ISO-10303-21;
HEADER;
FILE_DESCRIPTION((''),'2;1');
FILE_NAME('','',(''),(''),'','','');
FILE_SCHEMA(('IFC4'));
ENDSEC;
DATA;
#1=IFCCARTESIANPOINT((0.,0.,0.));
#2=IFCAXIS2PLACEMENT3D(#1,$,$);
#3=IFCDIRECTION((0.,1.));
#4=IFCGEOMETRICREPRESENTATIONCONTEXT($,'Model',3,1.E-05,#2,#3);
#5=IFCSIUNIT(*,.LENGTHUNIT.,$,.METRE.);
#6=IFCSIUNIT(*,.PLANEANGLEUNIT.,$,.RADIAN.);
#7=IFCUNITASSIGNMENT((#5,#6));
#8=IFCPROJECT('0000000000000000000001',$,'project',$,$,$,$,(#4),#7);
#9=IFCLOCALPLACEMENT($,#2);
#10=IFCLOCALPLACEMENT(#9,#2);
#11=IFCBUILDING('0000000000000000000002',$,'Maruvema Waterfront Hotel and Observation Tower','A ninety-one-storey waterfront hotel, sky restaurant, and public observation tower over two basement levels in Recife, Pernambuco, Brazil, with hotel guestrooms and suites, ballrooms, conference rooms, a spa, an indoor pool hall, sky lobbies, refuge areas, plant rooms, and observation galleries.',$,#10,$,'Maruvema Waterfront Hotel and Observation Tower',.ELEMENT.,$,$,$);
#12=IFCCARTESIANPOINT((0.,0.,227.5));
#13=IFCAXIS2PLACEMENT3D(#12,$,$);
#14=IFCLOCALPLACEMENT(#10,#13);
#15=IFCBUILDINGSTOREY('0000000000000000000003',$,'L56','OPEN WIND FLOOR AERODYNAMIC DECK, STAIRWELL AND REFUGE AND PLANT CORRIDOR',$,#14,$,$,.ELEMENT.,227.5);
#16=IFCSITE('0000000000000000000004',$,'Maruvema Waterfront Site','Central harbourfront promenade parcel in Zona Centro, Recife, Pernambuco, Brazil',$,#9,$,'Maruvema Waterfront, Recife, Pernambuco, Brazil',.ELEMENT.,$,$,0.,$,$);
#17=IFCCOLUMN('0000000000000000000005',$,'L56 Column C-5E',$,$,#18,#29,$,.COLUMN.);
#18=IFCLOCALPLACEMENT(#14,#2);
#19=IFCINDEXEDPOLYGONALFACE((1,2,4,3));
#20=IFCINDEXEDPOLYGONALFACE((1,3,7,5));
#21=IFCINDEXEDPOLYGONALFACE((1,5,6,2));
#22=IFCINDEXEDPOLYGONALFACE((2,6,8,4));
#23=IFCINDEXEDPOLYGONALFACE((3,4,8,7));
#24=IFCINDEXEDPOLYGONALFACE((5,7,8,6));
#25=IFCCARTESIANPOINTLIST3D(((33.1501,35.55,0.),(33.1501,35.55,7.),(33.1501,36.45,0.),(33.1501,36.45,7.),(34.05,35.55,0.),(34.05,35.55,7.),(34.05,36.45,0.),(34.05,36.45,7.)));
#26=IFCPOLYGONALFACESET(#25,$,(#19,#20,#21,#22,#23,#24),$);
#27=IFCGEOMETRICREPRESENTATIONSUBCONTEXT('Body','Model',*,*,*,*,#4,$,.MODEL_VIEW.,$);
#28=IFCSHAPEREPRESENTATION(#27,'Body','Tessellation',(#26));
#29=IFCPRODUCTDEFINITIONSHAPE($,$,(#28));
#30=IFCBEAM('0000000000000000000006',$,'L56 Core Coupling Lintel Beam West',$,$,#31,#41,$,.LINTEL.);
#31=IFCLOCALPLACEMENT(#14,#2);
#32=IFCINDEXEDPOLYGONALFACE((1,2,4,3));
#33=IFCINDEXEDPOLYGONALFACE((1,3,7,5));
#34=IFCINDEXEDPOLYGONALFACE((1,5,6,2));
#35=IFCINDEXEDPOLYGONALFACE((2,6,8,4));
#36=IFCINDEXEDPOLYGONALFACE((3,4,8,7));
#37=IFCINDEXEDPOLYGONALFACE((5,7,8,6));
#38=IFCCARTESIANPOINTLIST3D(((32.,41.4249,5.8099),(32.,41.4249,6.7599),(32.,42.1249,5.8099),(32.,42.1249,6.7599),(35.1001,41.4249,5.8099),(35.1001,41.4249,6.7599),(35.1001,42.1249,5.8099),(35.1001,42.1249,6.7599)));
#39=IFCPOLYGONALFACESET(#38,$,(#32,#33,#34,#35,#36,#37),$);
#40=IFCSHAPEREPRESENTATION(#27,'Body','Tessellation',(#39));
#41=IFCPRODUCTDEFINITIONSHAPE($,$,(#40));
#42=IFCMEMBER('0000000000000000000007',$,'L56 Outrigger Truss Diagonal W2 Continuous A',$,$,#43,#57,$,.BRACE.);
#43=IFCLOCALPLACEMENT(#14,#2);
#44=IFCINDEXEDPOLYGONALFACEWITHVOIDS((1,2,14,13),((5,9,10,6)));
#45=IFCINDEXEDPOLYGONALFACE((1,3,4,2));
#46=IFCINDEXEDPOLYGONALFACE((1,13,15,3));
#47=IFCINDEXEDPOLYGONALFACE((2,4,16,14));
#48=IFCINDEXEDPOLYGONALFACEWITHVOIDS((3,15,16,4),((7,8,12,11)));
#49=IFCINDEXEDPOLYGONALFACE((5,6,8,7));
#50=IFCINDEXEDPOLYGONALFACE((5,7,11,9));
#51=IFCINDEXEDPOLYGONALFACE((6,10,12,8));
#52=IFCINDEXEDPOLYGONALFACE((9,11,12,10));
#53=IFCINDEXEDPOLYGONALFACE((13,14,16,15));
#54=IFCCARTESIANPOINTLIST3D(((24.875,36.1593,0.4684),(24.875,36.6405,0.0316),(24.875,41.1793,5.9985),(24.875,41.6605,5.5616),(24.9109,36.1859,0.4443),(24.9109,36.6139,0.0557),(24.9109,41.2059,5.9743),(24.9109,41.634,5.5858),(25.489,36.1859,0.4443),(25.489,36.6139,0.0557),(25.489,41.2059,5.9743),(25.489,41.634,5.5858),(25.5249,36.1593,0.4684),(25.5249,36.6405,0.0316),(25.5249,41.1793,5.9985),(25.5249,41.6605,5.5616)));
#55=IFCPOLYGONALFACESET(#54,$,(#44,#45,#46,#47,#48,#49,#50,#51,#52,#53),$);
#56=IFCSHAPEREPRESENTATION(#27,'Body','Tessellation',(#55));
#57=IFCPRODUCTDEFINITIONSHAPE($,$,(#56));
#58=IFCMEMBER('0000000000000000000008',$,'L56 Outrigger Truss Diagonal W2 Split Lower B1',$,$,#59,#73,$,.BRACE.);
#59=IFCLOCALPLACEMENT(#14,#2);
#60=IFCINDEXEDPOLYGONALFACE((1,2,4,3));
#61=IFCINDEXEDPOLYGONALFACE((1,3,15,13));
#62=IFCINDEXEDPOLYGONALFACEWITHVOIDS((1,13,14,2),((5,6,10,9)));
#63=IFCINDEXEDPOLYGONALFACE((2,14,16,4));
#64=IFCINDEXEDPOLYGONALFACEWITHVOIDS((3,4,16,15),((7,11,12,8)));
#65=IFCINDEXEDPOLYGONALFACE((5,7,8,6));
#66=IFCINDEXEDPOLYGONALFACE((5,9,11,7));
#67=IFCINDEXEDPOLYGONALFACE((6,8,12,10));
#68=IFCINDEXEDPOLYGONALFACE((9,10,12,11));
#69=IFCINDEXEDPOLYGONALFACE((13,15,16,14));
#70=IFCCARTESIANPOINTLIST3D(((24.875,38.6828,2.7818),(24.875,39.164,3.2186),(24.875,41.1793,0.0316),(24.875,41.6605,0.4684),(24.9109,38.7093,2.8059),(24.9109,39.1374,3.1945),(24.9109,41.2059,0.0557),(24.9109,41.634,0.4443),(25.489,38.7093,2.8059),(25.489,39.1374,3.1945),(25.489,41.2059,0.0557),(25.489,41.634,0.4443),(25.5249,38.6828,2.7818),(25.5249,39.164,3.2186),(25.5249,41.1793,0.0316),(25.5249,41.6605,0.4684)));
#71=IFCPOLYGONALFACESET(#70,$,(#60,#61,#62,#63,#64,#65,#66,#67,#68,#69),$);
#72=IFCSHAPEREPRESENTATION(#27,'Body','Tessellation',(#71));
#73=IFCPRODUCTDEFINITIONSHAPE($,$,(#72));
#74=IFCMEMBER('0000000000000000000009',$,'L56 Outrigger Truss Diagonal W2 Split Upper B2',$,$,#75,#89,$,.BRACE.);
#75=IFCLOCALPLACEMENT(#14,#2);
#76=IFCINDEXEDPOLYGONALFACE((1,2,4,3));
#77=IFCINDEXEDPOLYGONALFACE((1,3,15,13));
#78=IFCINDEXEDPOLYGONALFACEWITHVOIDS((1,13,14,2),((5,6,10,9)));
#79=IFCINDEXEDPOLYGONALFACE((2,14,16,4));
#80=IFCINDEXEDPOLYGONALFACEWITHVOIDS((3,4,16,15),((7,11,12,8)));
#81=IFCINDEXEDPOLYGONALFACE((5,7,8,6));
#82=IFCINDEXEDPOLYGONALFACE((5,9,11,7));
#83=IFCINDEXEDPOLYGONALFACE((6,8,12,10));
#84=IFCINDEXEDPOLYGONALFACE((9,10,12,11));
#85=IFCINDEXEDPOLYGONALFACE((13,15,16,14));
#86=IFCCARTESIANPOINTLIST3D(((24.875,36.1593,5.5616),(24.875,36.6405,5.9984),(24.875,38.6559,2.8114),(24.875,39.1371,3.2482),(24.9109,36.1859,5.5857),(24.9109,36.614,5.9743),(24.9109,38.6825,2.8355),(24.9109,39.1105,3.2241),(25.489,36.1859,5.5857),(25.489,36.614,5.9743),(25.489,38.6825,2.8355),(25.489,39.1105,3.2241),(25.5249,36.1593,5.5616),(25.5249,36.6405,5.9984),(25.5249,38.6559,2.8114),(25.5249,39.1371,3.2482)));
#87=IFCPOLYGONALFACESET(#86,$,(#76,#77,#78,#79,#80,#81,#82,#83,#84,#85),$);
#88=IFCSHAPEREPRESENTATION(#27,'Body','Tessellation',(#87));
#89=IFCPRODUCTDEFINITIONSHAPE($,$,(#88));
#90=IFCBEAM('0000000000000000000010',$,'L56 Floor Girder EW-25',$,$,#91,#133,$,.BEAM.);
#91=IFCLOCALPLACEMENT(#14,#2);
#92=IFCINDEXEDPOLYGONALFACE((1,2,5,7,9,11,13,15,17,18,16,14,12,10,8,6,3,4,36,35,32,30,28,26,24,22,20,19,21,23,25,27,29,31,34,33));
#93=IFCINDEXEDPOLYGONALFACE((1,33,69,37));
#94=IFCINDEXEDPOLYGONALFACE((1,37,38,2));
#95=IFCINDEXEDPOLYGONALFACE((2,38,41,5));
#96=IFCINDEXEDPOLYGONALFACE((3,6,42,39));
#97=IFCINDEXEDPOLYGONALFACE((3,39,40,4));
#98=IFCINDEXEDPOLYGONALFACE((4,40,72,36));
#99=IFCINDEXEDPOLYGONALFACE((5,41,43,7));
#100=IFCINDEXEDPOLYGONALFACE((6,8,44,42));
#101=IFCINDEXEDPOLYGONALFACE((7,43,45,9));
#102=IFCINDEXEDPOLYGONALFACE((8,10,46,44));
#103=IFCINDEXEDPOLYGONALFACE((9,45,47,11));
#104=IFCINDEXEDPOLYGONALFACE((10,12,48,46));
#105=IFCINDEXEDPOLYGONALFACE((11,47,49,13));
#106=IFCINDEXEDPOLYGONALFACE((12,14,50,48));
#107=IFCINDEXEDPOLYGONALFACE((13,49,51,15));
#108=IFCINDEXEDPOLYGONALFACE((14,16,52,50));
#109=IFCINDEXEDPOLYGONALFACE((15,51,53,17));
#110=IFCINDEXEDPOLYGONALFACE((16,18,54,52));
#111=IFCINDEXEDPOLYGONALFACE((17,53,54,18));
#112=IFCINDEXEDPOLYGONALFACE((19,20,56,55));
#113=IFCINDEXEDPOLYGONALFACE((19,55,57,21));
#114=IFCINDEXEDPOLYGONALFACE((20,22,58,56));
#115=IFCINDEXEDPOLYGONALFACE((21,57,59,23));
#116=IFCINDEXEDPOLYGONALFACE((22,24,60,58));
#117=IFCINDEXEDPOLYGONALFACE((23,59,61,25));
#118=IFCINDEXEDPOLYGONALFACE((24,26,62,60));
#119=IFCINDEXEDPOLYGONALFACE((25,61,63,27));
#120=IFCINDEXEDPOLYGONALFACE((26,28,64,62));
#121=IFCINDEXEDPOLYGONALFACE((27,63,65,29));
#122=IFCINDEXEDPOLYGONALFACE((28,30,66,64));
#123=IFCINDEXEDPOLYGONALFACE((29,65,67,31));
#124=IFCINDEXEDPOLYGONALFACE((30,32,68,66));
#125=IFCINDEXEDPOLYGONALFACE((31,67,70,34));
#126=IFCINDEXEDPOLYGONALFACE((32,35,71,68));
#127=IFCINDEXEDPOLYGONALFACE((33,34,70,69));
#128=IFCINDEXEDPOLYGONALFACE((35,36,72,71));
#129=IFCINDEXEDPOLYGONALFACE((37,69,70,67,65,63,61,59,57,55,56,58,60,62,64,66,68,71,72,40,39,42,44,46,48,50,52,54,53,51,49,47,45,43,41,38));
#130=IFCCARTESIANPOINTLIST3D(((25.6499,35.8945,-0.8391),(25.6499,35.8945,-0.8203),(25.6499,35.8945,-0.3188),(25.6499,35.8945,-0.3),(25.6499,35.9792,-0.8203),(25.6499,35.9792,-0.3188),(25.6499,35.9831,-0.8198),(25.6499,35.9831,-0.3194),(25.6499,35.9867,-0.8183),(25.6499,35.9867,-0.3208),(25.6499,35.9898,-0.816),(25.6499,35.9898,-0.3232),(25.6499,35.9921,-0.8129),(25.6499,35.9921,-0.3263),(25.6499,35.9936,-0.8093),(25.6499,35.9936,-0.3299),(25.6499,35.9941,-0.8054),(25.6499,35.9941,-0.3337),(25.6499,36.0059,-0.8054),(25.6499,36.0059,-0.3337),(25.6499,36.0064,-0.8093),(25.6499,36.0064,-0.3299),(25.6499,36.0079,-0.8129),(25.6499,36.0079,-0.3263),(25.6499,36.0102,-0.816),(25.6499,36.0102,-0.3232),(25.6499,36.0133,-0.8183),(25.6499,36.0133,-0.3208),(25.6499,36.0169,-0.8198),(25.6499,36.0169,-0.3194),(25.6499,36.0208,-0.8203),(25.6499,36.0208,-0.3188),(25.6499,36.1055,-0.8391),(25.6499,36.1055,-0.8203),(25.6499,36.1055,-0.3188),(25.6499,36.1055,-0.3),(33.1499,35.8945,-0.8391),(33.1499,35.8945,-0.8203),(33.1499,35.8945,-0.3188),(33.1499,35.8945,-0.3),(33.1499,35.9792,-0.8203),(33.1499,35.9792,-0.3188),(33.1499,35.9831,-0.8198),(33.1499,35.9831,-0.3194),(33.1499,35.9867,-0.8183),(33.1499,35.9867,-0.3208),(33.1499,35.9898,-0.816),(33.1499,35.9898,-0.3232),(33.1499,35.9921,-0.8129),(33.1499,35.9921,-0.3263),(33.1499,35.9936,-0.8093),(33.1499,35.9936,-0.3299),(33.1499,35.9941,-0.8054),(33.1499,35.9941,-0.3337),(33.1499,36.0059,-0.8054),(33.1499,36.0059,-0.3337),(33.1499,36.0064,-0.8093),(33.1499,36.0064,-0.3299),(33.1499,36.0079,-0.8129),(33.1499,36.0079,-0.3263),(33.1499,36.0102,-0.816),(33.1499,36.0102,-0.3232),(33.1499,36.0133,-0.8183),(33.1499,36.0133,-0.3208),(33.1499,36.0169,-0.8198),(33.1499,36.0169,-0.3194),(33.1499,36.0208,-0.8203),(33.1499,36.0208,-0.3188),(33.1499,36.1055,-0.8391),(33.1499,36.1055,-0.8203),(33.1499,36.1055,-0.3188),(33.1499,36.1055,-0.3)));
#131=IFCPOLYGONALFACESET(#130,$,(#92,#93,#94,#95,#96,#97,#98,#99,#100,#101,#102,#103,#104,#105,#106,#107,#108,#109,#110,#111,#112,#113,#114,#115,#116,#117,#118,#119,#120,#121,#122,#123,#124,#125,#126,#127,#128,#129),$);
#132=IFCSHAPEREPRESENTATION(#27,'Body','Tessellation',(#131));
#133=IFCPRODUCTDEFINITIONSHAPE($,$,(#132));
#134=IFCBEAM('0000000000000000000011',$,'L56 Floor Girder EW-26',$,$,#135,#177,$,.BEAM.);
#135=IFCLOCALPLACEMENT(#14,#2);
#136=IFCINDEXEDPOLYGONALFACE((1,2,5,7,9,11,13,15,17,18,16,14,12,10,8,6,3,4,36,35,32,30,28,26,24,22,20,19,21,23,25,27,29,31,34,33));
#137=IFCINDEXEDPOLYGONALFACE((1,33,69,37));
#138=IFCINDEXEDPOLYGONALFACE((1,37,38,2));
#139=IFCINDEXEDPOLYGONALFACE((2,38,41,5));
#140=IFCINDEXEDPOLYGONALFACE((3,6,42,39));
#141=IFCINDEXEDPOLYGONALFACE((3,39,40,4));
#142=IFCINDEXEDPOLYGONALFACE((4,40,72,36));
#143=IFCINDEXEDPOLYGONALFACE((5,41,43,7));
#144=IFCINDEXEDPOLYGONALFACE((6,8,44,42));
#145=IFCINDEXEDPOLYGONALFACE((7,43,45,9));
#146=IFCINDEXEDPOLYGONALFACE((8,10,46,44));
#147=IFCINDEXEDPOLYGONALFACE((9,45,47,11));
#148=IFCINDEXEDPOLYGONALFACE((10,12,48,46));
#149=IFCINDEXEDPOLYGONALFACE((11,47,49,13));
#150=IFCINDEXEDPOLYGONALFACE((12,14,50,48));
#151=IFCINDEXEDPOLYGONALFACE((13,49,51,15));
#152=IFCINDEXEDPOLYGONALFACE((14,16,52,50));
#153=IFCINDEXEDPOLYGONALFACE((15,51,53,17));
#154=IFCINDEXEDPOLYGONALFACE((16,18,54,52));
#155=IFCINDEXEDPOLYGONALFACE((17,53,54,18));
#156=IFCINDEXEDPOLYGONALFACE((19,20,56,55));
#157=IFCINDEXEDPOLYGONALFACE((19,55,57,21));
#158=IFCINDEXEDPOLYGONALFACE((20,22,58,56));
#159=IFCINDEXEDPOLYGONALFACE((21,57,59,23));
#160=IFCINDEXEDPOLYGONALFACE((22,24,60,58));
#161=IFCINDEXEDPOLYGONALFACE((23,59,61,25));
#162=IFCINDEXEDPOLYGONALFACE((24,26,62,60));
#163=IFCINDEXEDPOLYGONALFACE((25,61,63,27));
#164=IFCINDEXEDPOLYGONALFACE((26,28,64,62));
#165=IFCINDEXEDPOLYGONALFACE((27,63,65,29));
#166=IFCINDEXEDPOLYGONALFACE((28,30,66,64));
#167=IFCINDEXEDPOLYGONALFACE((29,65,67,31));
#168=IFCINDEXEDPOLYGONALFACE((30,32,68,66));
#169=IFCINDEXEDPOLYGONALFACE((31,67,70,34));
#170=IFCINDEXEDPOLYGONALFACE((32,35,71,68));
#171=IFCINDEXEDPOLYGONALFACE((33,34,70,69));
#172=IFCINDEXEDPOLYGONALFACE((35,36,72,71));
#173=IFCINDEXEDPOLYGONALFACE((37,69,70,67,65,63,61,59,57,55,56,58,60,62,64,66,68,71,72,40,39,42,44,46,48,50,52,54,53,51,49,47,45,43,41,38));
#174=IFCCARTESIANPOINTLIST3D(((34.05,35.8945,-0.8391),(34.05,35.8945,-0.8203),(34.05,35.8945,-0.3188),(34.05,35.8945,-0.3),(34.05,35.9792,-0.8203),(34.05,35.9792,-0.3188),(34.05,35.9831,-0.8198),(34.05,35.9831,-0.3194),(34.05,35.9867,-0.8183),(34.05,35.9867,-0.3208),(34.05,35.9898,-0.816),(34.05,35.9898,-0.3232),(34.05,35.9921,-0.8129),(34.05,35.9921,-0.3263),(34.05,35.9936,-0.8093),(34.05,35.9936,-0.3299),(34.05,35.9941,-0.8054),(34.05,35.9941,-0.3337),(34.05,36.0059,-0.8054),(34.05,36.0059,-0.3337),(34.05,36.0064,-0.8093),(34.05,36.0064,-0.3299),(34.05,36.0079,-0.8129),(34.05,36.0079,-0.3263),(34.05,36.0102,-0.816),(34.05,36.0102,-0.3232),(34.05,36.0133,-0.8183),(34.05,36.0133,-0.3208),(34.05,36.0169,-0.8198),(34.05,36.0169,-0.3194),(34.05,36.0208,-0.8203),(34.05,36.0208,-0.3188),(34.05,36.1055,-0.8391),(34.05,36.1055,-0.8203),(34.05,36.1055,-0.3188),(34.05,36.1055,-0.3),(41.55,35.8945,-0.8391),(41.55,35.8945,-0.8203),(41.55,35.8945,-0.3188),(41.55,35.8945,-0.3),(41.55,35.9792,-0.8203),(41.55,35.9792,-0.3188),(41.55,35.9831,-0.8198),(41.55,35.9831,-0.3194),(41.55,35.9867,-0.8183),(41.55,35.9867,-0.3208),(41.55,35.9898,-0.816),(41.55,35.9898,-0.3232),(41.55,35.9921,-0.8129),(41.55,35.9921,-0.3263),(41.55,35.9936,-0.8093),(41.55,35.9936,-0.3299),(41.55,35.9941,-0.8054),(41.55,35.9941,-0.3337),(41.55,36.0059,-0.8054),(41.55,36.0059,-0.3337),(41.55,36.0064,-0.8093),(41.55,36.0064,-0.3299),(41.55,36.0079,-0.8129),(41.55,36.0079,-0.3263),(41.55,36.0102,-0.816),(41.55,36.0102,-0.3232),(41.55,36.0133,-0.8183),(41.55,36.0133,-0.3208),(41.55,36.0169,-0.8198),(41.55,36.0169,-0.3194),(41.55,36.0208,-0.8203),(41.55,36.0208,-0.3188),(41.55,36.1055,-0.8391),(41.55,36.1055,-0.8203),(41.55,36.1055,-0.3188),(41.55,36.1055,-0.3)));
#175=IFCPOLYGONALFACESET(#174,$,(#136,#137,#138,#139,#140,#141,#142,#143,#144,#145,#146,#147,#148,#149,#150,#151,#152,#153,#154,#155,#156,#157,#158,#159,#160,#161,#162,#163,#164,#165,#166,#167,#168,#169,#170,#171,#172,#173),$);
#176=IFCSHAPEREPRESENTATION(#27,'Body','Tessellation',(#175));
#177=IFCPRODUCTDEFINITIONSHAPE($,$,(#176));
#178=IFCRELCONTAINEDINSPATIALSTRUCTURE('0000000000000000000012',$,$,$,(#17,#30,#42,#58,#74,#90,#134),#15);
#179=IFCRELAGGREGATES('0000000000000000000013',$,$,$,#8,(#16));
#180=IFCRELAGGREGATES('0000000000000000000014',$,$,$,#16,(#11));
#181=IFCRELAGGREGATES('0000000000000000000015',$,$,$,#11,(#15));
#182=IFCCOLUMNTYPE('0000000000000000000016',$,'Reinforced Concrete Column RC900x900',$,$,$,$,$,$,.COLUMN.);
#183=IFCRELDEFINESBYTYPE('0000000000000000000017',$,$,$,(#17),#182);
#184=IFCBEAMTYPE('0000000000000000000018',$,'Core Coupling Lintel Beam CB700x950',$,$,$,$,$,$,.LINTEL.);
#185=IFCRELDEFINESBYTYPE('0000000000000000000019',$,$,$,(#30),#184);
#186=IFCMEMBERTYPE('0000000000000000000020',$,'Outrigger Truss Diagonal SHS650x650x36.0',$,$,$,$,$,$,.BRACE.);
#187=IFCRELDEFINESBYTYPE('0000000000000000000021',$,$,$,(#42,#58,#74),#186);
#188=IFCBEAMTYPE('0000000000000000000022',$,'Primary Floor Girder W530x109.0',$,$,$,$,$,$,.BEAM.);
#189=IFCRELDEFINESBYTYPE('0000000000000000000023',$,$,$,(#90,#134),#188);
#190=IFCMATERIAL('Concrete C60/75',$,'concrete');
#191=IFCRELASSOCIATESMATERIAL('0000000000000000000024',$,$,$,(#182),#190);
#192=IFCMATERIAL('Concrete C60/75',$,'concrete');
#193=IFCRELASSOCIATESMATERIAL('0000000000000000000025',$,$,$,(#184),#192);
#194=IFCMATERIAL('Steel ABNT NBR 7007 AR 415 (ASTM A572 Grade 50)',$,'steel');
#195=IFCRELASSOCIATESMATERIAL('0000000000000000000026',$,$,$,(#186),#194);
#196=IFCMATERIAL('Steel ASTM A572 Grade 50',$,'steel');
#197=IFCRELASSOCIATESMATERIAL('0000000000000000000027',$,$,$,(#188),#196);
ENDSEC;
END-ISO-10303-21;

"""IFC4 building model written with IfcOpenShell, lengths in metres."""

from ifc_helpers import new_model, si_unit, direction, frame, origin, origin_2d, place, context, subcontext, project, spatial, rectangle, hollow_rectangle, i_section, extrude, material, material_profile, profile_set, type_object, element, save


model = new_model("IFC4")

# Units and contexts
model_context = context("Model", 3, precision=1e-05, world=origin(), true_north=direction((0.0, 1.0)))
body_context = subcontext(model_context, "Body", "Model", "MODEL_VIEW")
ifc_project = project(units=[si_unit("LENGTHUNIT", "METRE"), si_unit("PLANEANGLEUNIT", "RADIAN")], contexts=[model_context])

# Site, building, storey
site_placement = place(None, origin())
site = spatial("IfcSite", under=ifc_project, at=site_placement, Name="Maruvema Waterfront Site", Description="Central harbourfront promenade parcel in Zona Centro, Recife, Pernambuco, Brazil", LongName="Maruvema Waterfront, Recife, Pernambuco, Brazil", CompositionType="ELEMENT", RefElevation=0.0)
building_placement = place(site_placement, origin())
building = spatial("IfcBuilding", under=site, at=building_placement, Name="Maruvema Waterfront Hotel and Observation Tower", Description="A ninety-one-storey waterfront hotel, sky restaurant, and public observation tower over two basement levels in Recife, Pernambuco, Brazil, with hotel guestrooms and suites, ballrooms, conference rooms, a spa, an indoor pool hall, sky lobbies, refuge areas, plant rooms, and observation galleries.", LongName="Maruvema Waterfront Hotel and Observation Tower", CompositionType="ELEMENT")
storey_placement = place(building_placement, frame((0.0, 0.0, 227.5)))
storey = spatial("IfcBuildingStorey", under=building, at=storey_placement, Name="L56", Description="OPEN WIND FLOOR AERODYNAMIC DECK, STAIRWELL AND REFUGE AND PLANT CORRIDOR", CompositionType="ELEMENT", Elevation=227.5)

# Column
ifc_material_1 = material(Name="Concrete C60/75", Category="concrete")
ifc_material_profile_1 = material_profile(ifc_material_1, rectangle(XDim=0.8999, YDim=0.8999, at=origin_2d()), Name="RC900x900")
ifc_profile_set_1 = profile_set([ifc_material_profile_1], Name="Concrete C60/75")
column_type = type_object("IfcColumnType", Name="Reinforced Concrete Column RC900x900", PredefinedType="COLUMN", material=ifc_profile_set_1)
column_placement = place(storey_placement, frame((33.6001, 36.0, 0.0), z_axis=(0.0, 0.0, 1.0), x_axis=(1.0, 0.0, 0.0)))
element("IfcColumn", 1, at=column_placement, inside=storey, type_object=column_type, Name="L56 Column C-5E", PredefinedType="COLUMN", context=body_context, shape_type="SweptSolid", body=[
    extrude(rectangle(XDim=0.8999, YDim=0.8999, at=origin_2d()), origin(), (0.0, 0.0, 1.0), 7.0),
])

# Beam
ifc_material_2 = material(Name="Concrete C60/75", Category="concrete")
ifc_material_profile_2 = material_profile(ifc_material_2, rectangle(XDim=0.7, YDim=0.95, at=origin_2d()), Name="CB700x950")
ifc_profile_set_2 = profile_set([ifc_material_profile_2], Name="Concrete C60/75")
beam_type_1 = type_object("IfcBeamType", Name="Core Coupling Lintel Beam CB700x950", PredefinedType="LINTEL", material=ifc_profile_set_2)
beam_1_placement = place(storey_placement, frame((32.0, 41.7749, 6.2849), z_axis=(1.0, 0.0, 0.0), x_axis=(0.0, 1.0, 0.0)))
element("IfcBeam", 2, at=beam_1_placement, inside=storey, type_object=beam_type_1, Name="L56 Core Coupling Lintel Beam West", PredefinedType="LINTEL", context=body_context, shape_type="SweptSolid", body=[
    extrude(rectangle(XDim=0.7, YDim=0.95, at=origin_2d()), origin(), (0.0, 0.0, 1.0), 3.1001),
])

# Members
ifc_material_3 = material(Name="Steel ABNT NBR 7007 AR 415 (ASTM A572 Grade 50)", Category="steel")
ifc_material_profile_3 = material_profile(ifc_material_3, hollow_rectangle(XDim=0.6499, YDim=0.6499, WallThickness=0.0359, at=origin_2d()), Name="SHS650x650x36.0")
ifc_profile_set_3 = profile_set([ifc_material_profile_3], Name="Steel ABNT NBR 7007 AR 415 (ASTM A572 Grade 50)")
member_type = type_object("IfcMemberType", Name="Outrigger Truss Diagonal SHS650x650x36.0", PredefinedType="BRACE", material=ifc_profile_set_3)
member_placement = place(storey_placement, frame((25.2, 36.3999, 0.25), z_axis=(0.0, 0.672139, 0.740425), x_axis=(-1.0, 0.0, 0.0)))
element("IfcMember", 3, at=member_placement, inside=storey, type_object=member_type, Name="L56 Outrigger Truss Diagonal W2 Continuous A", PredefinedType="BRACE", context=body_context, shape_type="SweptSolid", body=[
    extrude(hollow_rectangle(XDim=0.6499, YDim=0.6499, WallThickness=0.0359, at=origin_2d()), origin(), (0.0, 0.0, 1.0), 7.4688),
])
for number, where, z_axis, x_axis, name in (
    (4, (25.2, 41.4199, 0.25), (0.0, -0.672136, 0.740428), (1.0, 0.0, 0.0), "L56 Outrigger Truss Diagonal W2 Split Lower B1"),
    (5, (25.2, 38.8965, 3.0298), (0.0, -0.672136, 0.740428), (1.0, 0.0, 0.0), "L56 Outrigger Truss Diagonal W2 Split Upper B2"),
):
    element("IfcMember", number, at=place(storey_placement, frame(where, z_axis=z_axis, x_axis=x_axis)), inside=storey, type_object=member_type, Name=name, PredefinedType="BRACE", context=body_context, shape_type="SweptSolid", body=[
        extrude(hollow_rectangle(XDim=0.6499, YDim=0.6499, WallThickness=0.0359, at=origin_2d()), origin(), (0.0, 0.0, 1.0), 3.7144),
    ])

# Beams
ifc_material_4 = material(Name="Steel ASTM A572 Grade 50", Category="steel")
ifc_material_profile_4 = material_profile(ifc_material_4, i_section(OverallWidth=0.2109, OverallDepth=0.5391, WebThickness=0.0117, FlangeThickness=0.0188, FilletRadius=0.0149, at=origin_2d()), Name="W530x109.0")
ifc_profile_set_4 = profile_set([ifc_material_profile_4], Name="Steel ASTM A572 Grade 50")
beam_type_2 = type_object("IfcBeamType", Name="Primary Floor Girder W530x109.0", PredefinedType="BEAM", material=ifc_profile_set_4)
for number, where, z_axis, x_axis, name in (
    (6, (25.6499, 36.0, -0.5696), (1.0, 0.0, 0.0), (0.0, 1.0, 0.0), "L56 Floor Girder EW-25"),
    (7, (34.05, 36.0, -0.5696), (1.0, 0.0, 0.0), (0.0, 1.0, 0.0), "L56 Floor Girder EW-26"),
):
    element("IfcBeam", number, at=place(storey_placement, frame(where, z_axis=z_axis, x_axis=x_axis)), inside=storey, type_object=beam_type_2, Name=name, PredefinedType="BEAM", context=body_context, shape_type="SweptSolid", body=[
        extrude(i_section(OverallWidth=0.2109, OverallDepth=0.5391, WebThickness=0.0117, FlangeThickness=0.0188, FilletRadius=0.0149, at=origin_2d()), origin(), (0.0, 0.0, 1.0), 7.5),
    ])

save(model, "model.ifc")
